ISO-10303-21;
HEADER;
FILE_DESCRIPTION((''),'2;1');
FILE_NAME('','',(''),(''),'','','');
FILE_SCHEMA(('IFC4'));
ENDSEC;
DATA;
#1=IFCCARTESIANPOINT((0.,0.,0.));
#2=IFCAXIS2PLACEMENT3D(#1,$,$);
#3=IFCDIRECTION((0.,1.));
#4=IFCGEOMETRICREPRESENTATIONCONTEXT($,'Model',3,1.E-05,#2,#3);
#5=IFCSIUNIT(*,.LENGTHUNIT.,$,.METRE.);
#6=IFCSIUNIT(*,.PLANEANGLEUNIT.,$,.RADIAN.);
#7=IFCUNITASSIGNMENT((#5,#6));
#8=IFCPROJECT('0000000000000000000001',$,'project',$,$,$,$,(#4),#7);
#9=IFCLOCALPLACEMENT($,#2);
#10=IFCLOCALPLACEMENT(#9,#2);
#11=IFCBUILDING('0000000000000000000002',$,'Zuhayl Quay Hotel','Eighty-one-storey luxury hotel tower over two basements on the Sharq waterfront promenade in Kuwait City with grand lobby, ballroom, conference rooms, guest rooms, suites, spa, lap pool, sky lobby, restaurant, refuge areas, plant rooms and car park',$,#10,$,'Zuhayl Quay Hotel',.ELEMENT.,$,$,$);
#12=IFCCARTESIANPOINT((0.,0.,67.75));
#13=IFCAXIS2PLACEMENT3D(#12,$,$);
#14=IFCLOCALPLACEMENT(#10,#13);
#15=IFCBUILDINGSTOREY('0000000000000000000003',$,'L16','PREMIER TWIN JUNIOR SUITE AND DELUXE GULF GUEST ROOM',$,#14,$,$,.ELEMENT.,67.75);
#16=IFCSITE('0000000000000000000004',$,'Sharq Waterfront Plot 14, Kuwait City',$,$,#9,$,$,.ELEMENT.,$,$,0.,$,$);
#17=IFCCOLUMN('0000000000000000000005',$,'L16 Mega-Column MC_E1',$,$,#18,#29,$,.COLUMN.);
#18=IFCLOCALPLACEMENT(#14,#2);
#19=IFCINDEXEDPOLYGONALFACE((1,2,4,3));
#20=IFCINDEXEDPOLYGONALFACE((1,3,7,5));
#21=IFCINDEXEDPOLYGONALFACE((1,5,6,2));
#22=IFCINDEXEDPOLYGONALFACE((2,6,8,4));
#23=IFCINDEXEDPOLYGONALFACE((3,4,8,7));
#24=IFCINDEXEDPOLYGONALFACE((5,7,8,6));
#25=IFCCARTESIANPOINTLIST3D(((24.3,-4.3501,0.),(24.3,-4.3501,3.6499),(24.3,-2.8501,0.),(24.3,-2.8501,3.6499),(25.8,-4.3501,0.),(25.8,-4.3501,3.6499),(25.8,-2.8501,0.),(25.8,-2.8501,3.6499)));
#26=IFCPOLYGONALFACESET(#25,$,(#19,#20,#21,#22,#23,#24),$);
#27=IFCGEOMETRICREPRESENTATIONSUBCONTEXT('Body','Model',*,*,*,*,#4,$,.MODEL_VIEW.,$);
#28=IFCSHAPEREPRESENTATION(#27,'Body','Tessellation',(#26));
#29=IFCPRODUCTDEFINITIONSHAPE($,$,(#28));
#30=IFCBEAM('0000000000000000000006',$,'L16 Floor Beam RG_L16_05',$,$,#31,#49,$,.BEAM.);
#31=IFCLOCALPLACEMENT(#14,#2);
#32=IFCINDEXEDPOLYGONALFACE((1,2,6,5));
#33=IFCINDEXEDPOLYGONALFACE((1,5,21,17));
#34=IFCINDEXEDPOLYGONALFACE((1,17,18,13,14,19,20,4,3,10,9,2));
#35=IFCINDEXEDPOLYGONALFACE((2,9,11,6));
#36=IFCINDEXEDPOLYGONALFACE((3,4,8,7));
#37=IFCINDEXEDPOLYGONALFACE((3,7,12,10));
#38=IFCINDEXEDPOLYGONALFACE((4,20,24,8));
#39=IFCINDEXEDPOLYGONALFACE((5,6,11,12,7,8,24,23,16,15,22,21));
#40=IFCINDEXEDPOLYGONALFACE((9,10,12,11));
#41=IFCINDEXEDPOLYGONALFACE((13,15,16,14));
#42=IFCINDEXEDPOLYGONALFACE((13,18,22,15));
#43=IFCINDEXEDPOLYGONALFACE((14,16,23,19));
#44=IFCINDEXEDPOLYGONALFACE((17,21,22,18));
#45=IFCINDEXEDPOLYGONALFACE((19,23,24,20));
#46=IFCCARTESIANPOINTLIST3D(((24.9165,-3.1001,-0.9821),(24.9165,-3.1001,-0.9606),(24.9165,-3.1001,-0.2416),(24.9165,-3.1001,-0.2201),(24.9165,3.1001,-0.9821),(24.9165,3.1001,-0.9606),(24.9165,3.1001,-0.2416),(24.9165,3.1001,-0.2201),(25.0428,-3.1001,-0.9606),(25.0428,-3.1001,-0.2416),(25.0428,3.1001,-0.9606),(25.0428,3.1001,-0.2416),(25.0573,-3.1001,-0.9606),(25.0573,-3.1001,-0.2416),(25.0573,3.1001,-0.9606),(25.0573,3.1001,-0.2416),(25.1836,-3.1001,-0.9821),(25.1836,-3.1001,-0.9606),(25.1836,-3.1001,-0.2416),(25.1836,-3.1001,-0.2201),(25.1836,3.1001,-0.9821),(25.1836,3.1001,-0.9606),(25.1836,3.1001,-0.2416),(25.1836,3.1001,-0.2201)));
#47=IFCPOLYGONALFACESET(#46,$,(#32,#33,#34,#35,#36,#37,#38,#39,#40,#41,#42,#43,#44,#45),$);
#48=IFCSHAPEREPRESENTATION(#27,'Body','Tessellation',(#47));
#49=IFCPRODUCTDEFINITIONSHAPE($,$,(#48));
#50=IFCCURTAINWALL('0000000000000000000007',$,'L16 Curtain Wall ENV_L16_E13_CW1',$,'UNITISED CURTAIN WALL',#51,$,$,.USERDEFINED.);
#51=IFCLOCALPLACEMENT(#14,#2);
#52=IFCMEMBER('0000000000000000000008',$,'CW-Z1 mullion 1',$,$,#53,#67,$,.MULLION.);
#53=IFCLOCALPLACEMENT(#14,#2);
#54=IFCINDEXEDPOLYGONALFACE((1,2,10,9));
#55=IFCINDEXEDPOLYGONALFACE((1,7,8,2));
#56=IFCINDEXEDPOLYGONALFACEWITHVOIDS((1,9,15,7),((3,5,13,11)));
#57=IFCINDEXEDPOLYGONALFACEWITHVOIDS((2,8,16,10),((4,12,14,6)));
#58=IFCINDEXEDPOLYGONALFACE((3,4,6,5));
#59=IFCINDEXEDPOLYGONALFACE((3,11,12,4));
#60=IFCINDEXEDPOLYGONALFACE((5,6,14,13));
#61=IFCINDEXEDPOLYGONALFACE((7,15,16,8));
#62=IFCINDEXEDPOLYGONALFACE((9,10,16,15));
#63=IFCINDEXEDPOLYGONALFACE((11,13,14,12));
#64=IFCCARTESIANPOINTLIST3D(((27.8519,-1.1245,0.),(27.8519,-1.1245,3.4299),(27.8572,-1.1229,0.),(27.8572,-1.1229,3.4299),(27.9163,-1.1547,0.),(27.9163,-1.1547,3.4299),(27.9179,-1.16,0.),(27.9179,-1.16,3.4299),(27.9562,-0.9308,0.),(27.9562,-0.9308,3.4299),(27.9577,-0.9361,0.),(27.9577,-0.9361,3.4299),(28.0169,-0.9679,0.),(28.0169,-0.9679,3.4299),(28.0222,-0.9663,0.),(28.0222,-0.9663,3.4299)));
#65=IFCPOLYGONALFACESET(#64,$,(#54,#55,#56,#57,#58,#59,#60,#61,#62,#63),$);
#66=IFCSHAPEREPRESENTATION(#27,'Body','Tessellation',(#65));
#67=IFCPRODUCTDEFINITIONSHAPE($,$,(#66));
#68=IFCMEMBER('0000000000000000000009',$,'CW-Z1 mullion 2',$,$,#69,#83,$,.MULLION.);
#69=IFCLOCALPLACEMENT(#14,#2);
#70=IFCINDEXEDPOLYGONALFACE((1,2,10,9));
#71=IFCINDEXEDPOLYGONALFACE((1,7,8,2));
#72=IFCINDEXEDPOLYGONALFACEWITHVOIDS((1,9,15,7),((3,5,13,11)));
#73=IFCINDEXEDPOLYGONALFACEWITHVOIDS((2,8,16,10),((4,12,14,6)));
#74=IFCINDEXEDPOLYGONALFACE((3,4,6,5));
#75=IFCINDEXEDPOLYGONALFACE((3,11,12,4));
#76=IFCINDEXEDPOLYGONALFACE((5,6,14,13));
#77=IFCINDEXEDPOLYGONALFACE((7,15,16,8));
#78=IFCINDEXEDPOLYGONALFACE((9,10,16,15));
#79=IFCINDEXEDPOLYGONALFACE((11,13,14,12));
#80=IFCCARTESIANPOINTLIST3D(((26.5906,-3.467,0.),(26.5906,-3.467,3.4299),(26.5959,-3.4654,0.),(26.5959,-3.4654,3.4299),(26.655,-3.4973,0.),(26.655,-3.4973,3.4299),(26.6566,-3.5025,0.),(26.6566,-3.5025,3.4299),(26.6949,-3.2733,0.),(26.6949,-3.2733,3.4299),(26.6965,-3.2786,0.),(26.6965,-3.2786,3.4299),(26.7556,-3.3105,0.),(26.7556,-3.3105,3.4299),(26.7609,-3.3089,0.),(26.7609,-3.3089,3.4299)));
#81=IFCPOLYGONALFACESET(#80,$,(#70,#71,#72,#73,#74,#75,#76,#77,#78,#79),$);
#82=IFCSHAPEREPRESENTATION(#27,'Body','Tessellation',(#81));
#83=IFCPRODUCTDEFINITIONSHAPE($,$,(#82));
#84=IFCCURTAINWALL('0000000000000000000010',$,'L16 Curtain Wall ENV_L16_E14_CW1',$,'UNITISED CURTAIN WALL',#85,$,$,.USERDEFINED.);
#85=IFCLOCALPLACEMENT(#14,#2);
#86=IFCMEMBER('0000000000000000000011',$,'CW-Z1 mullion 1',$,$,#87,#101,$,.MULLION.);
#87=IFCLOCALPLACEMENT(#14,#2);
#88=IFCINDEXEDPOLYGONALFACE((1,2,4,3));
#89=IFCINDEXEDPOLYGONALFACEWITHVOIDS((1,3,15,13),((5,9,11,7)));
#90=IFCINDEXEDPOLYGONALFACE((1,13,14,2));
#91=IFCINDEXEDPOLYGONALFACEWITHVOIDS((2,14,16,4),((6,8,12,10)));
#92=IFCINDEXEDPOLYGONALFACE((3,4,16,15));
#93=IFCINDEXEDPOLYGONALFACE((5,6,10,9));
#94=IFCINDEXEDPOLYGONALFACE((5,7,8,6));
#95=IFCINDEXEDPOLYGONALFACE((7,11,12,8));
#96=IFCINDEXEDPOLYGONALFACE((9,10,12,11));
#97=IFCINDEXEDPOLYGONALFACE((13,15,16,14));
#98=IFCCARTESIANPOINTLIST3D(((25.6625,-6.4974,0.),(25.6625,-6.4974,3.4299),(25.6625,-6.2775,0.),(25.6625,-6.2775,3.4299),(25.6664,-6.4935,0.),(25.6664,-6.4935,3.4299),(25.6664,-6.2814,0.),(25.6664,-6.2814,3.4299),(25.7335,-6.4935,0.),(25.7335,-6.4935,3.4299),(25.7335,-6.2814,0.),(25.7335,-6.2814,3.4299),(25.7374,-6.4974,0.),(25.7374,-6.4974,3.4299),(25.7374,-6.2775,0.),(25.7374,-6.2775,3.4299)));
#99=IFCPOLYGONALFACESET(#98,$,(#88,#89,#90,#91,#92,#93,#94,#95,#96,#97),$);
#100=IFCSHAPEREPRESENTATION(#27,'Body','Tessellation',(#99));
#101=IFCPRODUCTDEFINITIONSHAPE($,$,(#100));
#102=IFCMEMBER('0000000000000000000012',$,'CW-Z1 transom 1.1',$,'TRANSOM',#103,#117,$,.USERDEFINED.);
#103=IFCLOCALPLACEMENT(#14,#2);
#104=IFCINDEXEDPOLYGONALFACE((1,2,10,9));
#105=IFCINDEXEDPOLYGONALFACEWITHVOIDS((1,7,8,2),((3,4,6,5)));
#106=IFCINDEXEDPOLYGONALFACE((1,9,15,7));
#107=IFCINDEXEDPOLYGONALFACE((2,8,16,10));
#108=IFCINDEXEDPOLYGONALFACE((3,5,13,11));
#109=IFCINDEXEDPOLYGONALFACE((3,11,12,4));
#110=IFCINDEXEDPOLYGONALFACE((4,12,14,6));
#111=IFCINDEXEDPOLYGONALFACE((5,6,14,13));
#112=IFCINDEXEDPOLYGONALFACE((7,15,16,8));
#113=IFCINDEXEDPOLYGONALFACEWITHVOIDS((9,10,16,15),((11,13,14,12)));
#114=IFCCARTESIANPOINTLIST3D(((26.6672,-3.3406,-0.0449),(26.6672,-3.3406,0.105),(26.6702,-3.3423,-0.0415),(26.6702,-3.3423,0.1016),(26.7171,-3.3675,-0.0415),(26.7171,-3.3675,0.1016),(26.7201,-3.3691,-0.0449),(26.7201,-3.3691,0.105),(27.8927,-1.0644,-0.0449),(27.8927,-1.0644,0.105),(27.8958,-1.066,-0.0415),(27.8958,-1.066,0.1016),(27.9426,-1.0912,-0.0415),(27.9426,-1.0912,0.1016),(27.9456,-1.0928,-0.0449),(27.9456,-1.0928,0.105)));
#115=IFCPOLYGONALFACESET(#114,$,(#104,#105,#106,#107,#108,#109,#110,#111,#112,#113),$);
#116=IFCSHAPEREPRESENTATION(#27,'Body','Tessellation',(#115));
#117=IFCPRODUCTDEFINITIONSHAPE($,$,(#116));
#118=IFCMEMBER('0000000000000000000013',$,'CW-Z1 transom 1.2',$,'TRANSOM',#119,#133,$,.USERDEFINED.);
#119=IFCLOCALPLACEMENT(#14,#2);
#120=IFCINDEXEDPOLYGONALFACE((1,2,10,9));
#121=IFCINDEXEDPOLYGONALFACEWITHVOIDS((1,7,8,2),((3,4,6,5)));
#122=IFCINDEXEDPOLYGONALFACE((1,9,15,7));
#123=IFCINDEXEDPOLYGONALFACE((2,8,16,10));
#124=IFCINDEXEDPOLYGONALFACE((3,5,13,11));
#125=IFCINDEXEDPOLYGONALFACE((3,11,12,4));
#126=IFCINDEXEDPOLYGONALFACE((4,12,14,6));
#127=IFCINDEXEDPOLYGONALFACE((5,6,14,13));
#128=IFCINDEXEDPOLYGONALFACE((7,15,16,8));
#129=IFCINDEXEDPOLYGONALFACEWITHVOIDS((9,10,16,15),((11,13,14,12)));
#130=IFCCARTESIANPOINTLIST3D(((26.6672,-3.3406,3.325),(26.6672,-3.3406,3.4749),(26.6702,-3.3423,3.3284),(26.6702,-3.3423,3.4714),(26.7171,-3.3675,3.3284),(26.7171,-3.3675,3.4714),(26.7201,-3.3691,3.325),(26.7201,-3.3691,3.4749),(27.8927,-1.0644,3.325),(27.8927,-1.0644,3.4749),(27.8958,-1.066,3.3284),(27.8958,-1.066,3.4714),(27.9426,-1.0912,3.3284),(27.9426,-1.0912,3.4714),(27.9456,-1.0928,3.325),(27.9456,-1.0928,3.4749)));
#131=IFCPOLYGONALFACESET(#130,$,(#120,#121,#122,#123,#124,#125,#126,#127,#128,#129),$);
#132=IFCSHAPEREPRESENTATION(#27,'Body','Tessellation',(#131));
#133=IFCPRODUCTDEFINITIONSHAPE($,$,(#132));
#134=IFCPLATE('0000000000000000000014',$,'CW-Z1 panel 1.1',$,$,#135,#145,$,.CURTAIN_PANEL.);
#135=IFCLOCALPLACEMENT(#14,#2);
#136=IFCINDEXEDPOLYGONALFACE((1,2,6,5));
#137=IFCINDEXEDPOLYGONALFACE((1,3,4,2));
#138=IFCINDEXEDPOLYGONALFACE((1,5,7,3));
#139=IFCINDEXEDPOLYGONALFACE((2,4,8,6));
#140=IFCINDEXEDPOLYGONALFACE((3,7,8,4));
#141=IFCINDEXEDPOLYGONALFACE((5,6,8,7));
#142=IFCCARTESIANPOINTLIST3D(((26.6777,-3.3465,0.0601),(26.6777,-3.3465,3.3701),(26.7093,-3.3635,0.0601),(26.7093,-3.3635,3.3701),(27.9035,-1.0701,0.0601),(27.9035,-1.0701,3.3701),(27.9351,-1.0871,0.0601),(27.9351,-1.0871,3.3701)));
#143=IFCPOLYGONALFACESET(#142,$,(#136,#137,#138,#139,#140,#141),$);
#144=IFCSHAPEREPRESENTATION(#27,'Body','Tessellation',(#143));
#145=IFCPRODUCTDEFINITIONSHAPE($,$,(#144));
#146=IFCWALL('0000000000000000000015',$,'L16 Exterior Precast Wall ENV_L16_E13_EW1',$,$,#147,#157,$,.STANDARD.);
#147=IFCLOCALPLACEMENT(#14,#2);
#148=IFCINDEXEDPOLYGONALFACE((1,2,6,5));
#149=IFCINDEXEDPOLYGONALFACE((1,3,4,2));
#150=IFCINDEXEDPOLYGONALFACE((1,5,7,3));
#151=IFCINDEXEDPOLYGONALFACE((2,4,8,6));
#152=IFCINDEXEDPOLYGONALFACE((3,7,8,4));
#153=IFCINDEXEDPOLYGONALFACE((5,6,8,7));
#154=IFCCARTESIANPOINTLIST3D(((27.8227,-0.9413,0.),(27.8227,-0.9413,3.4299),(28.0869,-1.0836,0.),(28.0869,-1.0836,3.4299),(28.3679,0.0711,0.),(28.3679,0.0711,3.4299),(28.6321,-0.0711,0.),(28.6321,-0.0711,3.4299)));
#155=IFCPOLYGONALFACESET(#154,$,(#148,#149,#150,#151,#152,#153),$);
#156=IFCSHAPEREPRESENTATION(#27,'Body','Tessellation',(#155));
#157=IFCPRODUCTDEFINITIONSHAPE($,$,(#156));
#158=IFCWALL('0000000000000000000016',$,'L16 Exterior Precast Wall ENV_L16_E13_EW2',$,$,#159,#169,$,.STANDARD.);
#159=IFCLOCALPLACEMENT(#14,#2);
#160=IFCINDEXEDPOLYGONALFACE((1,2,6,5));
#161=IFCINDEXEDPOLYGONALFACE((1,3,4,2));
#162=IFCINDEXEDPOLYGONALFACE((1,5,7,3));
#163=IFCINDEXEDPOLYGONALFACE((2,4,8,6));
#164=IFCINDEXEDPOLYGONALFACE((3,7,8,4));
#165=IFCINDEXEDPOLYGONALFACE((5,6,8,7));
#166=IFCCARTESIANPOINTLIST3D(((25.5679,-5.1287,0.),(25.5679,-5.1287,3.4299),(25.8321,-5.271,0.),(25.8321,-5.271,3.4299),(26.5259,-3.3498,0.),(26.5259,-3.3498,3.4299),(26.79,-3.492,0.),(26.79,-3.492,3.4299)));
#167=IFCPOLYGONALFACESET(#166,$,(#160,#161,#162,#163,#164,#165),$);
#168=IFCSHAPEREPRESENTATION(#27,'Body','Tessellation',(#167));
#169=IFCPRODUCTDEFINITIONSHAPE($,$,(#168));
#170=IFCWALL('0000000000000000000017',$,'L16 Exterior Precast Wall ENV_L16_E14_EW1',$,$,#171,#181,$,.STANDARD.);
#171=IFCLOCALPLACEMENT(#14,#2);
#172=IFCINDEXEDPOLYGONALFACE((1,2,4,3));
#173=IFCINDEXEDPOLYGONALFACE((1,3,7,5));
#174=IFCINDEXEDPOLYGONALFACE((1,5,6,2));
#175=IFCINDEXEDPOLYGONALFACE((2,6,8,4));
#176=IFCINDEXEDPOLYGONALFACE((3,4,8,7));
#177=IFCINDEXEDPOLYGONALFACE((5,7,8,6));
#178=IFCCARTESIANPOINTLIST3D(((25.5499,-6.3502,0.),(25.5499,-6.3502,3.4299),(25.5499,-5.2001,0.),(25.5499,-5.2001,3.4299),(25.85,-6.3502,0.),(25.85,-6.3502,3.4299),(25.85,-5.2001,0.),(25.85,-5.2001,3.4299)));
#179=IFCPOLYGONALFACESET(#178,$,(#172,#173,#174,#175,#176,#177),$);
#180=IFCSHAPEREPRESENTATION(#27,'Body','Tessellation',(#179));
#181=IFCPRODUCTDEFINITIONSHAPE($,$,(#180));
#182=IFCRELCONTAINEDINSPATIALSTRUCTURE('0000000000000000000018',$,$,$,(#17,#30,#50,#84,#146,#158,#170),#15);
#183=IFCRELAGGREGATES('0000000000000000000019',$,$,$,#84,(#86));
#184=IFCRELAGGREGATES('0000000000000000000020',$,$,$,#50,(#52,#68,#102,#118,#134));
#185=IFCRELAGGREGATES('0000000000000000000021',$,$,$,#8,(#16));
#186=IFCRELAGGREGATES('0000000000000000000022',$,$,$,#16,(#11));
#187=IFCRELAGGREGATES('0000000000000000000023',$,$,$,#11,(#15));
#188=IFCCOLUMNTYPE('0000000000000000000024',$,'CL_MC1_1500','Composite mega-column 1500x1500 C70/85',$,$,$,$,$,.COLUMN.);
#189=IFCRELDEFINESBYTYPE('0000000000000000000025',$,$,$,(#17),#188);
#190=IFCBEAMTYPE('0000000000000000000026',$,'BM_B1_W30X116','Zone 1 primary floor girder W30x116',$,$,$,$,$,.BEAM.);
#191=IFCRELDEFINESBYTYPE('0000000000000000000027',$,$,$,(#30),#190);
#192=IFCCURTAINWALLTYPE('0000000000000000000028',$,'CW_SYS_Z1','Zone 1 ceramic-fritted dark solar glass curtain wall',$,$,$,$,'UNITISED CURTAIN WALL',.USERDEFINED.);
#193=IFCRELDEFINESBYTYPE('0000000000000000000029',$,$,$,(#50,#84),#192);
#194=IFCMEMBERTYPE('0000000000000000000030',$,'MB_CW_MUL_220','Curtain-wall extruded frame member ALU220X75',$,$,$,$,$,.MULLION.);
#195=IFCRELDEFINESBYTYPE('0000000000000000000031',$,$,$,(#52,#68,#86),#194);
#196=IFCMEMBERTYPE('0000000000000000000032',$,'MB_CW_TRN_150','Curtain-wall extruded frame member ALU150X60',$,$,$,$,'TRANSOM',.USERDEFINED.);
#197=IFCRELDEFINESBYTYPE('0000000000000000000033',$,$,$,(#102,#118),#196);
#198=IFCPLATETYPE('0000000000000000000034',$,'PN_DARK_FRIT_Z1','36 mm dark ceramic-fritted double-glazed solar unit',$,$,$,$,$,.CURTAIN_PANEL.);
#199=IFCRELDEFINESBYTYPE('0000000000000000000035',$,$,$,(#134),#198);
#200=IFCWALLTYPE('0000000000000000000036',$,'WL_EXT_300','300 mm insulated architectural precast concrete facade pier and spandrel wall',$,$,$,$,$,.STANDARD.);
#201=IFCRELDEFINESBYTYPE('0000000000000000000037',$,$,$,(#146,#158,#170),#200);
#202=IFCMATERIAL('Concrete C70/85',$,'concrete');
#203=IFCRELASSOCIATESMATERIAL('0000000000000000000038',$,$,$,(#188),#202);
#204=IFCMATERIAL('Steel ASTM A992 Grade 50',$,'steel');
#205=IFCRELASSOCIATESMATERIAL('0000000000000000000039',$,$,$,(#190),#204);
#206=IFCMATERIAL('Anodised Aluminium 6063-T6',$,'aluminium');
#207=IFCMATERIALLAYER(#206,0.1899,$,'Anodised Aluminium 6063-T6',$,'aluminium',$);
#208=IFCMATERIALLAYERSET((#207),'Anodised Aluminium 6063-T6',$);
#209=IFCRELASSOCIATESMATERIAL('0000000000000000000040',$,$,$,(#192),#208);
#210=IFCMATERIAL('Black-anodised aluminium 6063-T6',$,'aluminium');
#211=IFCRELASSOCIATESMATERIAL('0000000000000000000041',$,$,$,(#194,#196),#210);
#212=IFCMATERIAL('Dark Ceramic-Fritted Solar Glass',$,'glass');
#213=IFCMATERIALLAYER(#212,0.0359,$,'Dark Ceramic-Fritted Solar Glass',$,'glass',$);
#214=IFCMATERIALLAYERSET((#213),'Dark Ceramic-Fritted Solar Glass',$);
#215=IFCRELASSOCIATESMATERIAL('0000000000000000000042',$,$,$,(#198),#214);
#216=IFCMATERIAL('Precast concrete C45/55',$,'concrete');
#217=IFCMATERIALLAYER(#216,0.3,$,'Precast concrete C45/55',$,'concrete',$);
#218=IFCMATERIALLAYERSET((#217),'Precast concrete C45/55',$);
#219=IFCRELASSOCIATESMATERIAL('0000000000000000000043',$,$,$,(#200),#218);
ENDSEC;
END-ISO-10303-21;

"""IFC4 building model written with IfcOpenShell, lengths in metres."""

from ifc_helpers import new_model, si_unit, direction, frame, frame_2d, origin, origin_2d, place, context, subcontext, project, spatial, rectangle, hollow_rectangle, i_section, extrude, material, layer, layer_set, material_profile, profile_set, type_object, element, aggregate, save


model = new_model("IFC4")

# Units and contexts
model_context = context("Model", 3, precision=1e-05, world=origin(), true_north=direction((0.0, 1.0)))
body_context = subcontext(model_context, "Body", "Model", "MODEL_VIEW")
ifc_project = project(units=[si_unit("LENGTHUNIT", "METRE"), si_unit("PLANEANGLEUNIT", "RADIAN")], contexts=[model_context])

# Site, building, storey
site_placement = place(None, origin())
site = spatial("IfcSite", under=ifc_project, at=site_placement, Name="Sharq Waterfront Plot 14, Kuwait City", CompositionType="ELEMENT", RefElevation=0.0)
building_placement = place(site_placement, origin())
building = spatial("IfcBuilding", under=site, at=building_placement, Name="Zuhayl Quay Hotel", Description="Eighty-one-storey luxury hotel tower over two basements on the Sharq waterfront promenade in Kuwait City with grand lobby, ballroom, conference rooms, guest rooms, suites, spa, lap pool, sky lobby, restaurant, refuge areas, plant rooms and car park", LongName="Zuhayl Quay Hotel", CompositionType="ELEMENT")
storey_placement = place(building_placement, frame((0.0, 0.0, 67.75)))
storey = spatial("IfcBuildingStorey", under=building, at=storey_placement, Name="L16", Description="PREMIER TWIN JUNIOR SUITE AND DELUXE GULF GUEST ROOM", CompositionType="ELEMENT", Elevation=67.75)

# Column
ifc_material_1 = material(Name="Concrete C70/85", Category="concrete")
ifc_material_profile_1 = material_profile(ifc_material_1, rectangle(XDim=1.5, YDim=1.5, at=origin_2d()), Name="RC1500X1500")
ifc_profile_set_1 = profile_set([ifc_material_profile_1], Name="Concrete C70/85")
column_type = type_object("IfcColumnType", Name="CL_MC1_1500", Description="Composite mega-column 1500x1500 C70/85", PredefinedType="COLUMN", material=ifc_profile_set_1)
column_placement = place(storey_placement, frame((25.05, -3.6001, 0.0), z_axis=(0.0, 0.0, 1.0), x_axis=(1.0, 0.0, 0.0)))
element("IfcColumn", 1, at=column_placement, inside=storey, type_object=column_type, Name="L16 Mega-Column MC_E1", PredefinedType="COLUMN", context=body_context, shape_type="SweptSolid", body=[
    extrude(rectangle(XDim=1.5, YDim=1.5, at=origin_2d()), origin(), (0.0, 0.0, 1.0), 3.6499),
])

# Beam
ifc_material_2 = material(Name="Steel ASTM A992 Grade 50", Category="steel")
ifc_material_profile_2 = material_profile(ifc_material_2, i_section(OverallWidth=0.2671, OverallDepth=0.762, WebThickness=0.0144, FlangeThickness=0.0215, at=origin_2d()), Name="W30X116")
ifc_profile_set_2 = profile_set([ifc_material_profile_2], Name="Steel ASTM A992 Grade 50")
beam_type = type_object("IfcBeamType", Name="BM_B1_W30X116", Description="Zone 1 primary floor girder W30x116", PredefinedType="BEAM", material=ifc_profile_set_2)
beam_placement = place(storey_placement, frame((25.05, -3.1001, -0.6011), z_axis=(0.0, 1.0, 0.0), x_axis=(-1.0, 0.0, 0.0)))
element("IfcBeam", 2, at=beam_placement, inside=storey, type_object=beam_type, Name="L16 Floor Beam RG_L16_05", PredefinedType="BEAM", context=body_context, shape_type="SweptSolid", body=[
    extrude(i_section(OverallWidth=0.2671, OverallDepth=0.762, WebThickness=0.0144, FlangeThickness=0.0215, at=origin_2d()), origin(), (0.0, 0.0, 1.0), 6.2002),
])

# Curtain wall, members
ifc_material_3 = material(Name="Anodised Aluminium 6063-T6", Category="aluminium")
ifc_layer_1 = layer(ifc_material_3, 0.1899, Name="Anodised Aluminium 6063-T6", Category="aluminium")
ifc_layer_set_1 = layer_set([ifc_layer_1], Name="Anodised Aluminium 6063-T6")
curtain_wall_type = type_object("IfcCurtainWallType", Name="CW_SYS_Z1", Description="Zone 1 ceramic-fritted dark solar glass curtain wall", ElementType="UNITISED CURTAIN WALL", PredefinedType="USERDEFINED", material=ifc_layer_set_1)
curtain_wall_1_placement = place(storey_placement, origin())
curtain_wall_1 = element("IfcCurtainWall", 3, at=curtain_wall_1_placement, inside=storey, type_object=curtain_wall_type, Name="L16 Curtain Wall ENV_L16_E13_CW1", ObjectType="UNITISED CURTAIN WALL", PredefinedType="USERDEFINED")
ifc_material_4 = material(Name="Black-anodised aluminium 6063-T6", Category="aluminium")
ifc_material_profile_3 = material_profile(ifc_material_4, hollow_rectangle(XDim=0.075, YDim=0.22, WallThickness=0.0039, at=origin_2d()), Name="ALU220X75")
ifc_profile_set_3 = profile_set([ifc_material_profile_3], Name="Black-anodised aluminium 6063-T6")
member_type_1 = type_object("IfcMemberType", Name="MB_CW_MUL_220", Description="Curtain-wall extruded frame member ALU220X75", PredefinedType="MULLION", material=ifc_profile_set_3)
member_1_placement = place(storey_placement, frame((27.937, -1.0454, 0.0), z_axis=(0.0, 0.0, 1.0), x_axis=(0.880476, -0.474091, 0.0)))
member_1 = element("IfcMember", 4, at=member_1_placement, type_object=member_type_1, Name="CW-Z1 mullion 1", PredefinedType="MULLION", context=body_context, shape_type="SweptSolid", body=[
    extrude(hollow_rectangle(XDim=0.075, YDim=0.22, WallThickness=0.0039, at=origin_2d()), origin(), (0.0, 0.0, 1.0), 3.4299),
])
member_2_placement = place(storey_placement, frame((26.6758, -3.3879, 0.0), z_axis=(0.0, 0.0, 1.0), x_axis=(0.880476, -0.474091, 0.0)))
member_2 = element("IfcMember", 5, at=member_2_placement, type_object=member_type_1, Name="CW-Z1 mullion 2", PredefinedType="MULLION", context=body_context, shape_type="SweptSolid", body=[
    extrude(hollow_rectangle(XDim=0.075, YDim=0.22, WallThickness=0.0039, at=origin_2d()), origin(), (0.0, 0.0, 1.0), 3.4299),
])

# Curtain wall, member
curtain_wall_2_placement = place(storey_placement, origin())
curtain_wall_2 = element("IfcCurtainWall", 6, at=curtain_wall_2_placement, inside=storey, type_object=curtain_wall_type, Name="L16 Curtain Wall ENV_L16_E14_CW1", ObjectType="UNITISED CURTAIN WALL", PredefinedType="USERDEFINED")
member_3_placement = place(storey_placement, frame((25.7, -6.3875, 0.0), z_axis=(0.0, 0.0, 1.0), x_axis=(1.0, 0.0, 0.0)))
member_3 = element("IfcMember", 7, at=member_3_placement, type_object=member_type_1, Name="CW-Z1 mullion 1", PredefinedType="MULLION", context=body_context, shape_type="SweptSolid", body=[
    extrude(hollow_rectangle(XDim=0.075, YDim=0.22, WallThickness=0.0039, at=origin_2d()), origin(), (0.0, 0.0, 1.0), 3.4299),
])
aggregate(curtain_wall_2, [member_3])

# Members
ifc_material_profile_4 = material_profile(ifc_material_4, hollow_rectangle(XDim=0.0601, YDim=0.1499, WallThickness=0.0034, at=origin_2d()), Name="ALU150X60")
ifc_profile_set_4 = profile_set([ifc_material_profile_4], Name="Black-anodised aluminium 6063-T6")
member_type_2 = type_object("IfcMemberType", Name="MB_CW_TRN_150", Description="Curtain-wall extruded frame member ALU150X60", ElementType="TRANSOM", PredefinedType="USERDEFINED", material=ifc_profile_set_4)
member_4_placement = place(storey_placement, frame((27.9192, -1.0786, 0.03), z_axis=(-0.474055, -0.880495, 0.0), x_axis=(0.880495, -0.474055, 0.0)))
member_4 = element("IfcMember", 8, at=member_4_placement, type_object=member_type_2, Name="CW-Z1 transom 1.1", ObjectType="TRANSOM", PredefinedType="USERDEFINED", context=body_context, shape_type="SweptSolid", body=[
    extrude(hollow_rectangle(XDim=0.0601, YDim=0.1499, WallThickness=0.0034, at=origin_2d()), origin(), (0.0, 0.0, 1.0), 2.5852),
])
member_5_placement = place(storey_placement, frame((27.9192, -1.0786, 3.3999), z_axis=(-0.474055, -0.880495, 0.0), x_axis=(0.880495, -0.474055, 0.0)))
member_5 = element("IfcMember", 9, at=member_5_placement, type_object=member_type_2, Name="CW-Z1 transom 1.2", ObjectType="TRANSOM", PredefinedType="USERDEFINED", context=body_context, shape_type="SweptSolid", body=[
    extrude(hollow_rectangle(XDim=0.0601, YDim=0.1499, WallThickness=0.0034, at=origin_2d()), origin(), (0.0, 0.0, 1.0), 2.5852),
])

# Plate
ifc_material_5 = material(Name="Dark Ceramic-Fritted Solar Glass", Category="glass")
ifc_layer_2 = layer(ifc_material_5, 0.0359, Name="Dark Ceramic-Fritted Solar Glass", Category="glass")
ifc_layer_set_2 = layer_set([ifc_layer_2], Name="Dark Ceramic-Fritted Solar Glass")
plate_type = type_object("IfcPlateType", Name="PN_DARK_FRIT_Z1", Description="36 mm dark ceramic-fritted double-glazed solar unit", PredefinedType="CURTAIN_PANEL", material=ifc_layer_set_2)
plate_placement = place(storey_placement, frame((27.3064, -2.2168, 0.0601), z_axis=(0.0, 0.0, 1.0), x_axis=(-0.474091, -0.880476, 0.0)))
plate = element("IfcPlate", 10, at=plate_placement, type_object=plate_type, Name="CW-Z1 panel 1.1", PredefinedType="CURTAIN_PANEL", context=body_context, shape_type="SweptSolid", body=[
    extrude(rectangle(XDim=2.5854, YDim=0.0359, at=origin_2d()), origin(), (0.0, 0.0, 1.0), 3.3101),
])
aggregate(curtain_wall_1, [member_1, member_2, member_4, member_5, plate])

# Walls
ifc_material_6 = material(Name="Precast concrete C45/55", Category="concrete")
ifc_layer_3 = layer(ifc_material_6, 0.3, Name="Precast concrete C45/55", Category="concrete")
ifc_layer_set_3 = layer_set([ifc_layer_3], Name="Precast concrete C45/55")
wall_type_1 = type_object("IfcWallType", Name="WL_EXT_300", Description="300 mm insulated architectural precast concrete facade pier and spandrel wall", PredefinedType="STANDARD", material=ifc_layer_set_3)
wall_1_placement = place(storey_placement, frame((28.5, 0.0, 0.0), z_axis=(0.0, 0.0, 1.0), x_axis=(-0.4741, -0.880471, 0.0)))
element("IfcWall", 11, at=wall_1_placement, inside=storey, type_object=wall_type_1, Name="L16 Exterior Precast Wall ENV_L16_E13_EW1", PredefinedType="STANDARD", context=body_context, shape_type="SweptSolid", body=[
    extrude(rectangle(XDim=1.1499, YDim=0.3, at=frame_2d((0.575, 0.0))), origin(), (0.0, 0.0, 1.0), 3.4299),
])
wall_2_placement = place(storey_placement, frame((26.658, -3.4209, 0.0), z_axis=(0.0, 0.0, 1.0), x_axis=(-0.474121, -0.880459, 0.0)))
element("IfcWall", 12, at=wall_2_placement, inside=storey, type_object=wall_type_1, Name="L16 Exterior Precast Wall ENV_L16_E13_EW2", PredefinedType="STANDARD", context=body_context, shape_type="SweptSolid", body=[
    extrude(rectangle(XDim=2.0205, YDim=0.3, at=frame_2d((1.0103, 0.0))), origin(), (0.0, 0.0, 1.0), 3.4299),
])
wall_3_placement = place(storey_placement, frame((25.7, -5.2, 0.0), z_axis=(0.0, 0.0, 1.0), x_axis=(0.0, -1.0, 0.0)))
element("IfcWall", 13, at=wall_3_placement, inside=storey, type_object=wall_type_1, Name="L16 Exterior Precast Wall ENV_L16_E14_EW1", PredefinedType="STANDARD", context=body_context, shape_type="SweptSolid", body=[
    extrude(rectangle(XDim=1.1501, YDim=0.3, at=frame_2d((0.5752, 0.0))), origin(), (0.0, 0.0, 1.0), 3.4299),
])

save(model, "model.ifc")
